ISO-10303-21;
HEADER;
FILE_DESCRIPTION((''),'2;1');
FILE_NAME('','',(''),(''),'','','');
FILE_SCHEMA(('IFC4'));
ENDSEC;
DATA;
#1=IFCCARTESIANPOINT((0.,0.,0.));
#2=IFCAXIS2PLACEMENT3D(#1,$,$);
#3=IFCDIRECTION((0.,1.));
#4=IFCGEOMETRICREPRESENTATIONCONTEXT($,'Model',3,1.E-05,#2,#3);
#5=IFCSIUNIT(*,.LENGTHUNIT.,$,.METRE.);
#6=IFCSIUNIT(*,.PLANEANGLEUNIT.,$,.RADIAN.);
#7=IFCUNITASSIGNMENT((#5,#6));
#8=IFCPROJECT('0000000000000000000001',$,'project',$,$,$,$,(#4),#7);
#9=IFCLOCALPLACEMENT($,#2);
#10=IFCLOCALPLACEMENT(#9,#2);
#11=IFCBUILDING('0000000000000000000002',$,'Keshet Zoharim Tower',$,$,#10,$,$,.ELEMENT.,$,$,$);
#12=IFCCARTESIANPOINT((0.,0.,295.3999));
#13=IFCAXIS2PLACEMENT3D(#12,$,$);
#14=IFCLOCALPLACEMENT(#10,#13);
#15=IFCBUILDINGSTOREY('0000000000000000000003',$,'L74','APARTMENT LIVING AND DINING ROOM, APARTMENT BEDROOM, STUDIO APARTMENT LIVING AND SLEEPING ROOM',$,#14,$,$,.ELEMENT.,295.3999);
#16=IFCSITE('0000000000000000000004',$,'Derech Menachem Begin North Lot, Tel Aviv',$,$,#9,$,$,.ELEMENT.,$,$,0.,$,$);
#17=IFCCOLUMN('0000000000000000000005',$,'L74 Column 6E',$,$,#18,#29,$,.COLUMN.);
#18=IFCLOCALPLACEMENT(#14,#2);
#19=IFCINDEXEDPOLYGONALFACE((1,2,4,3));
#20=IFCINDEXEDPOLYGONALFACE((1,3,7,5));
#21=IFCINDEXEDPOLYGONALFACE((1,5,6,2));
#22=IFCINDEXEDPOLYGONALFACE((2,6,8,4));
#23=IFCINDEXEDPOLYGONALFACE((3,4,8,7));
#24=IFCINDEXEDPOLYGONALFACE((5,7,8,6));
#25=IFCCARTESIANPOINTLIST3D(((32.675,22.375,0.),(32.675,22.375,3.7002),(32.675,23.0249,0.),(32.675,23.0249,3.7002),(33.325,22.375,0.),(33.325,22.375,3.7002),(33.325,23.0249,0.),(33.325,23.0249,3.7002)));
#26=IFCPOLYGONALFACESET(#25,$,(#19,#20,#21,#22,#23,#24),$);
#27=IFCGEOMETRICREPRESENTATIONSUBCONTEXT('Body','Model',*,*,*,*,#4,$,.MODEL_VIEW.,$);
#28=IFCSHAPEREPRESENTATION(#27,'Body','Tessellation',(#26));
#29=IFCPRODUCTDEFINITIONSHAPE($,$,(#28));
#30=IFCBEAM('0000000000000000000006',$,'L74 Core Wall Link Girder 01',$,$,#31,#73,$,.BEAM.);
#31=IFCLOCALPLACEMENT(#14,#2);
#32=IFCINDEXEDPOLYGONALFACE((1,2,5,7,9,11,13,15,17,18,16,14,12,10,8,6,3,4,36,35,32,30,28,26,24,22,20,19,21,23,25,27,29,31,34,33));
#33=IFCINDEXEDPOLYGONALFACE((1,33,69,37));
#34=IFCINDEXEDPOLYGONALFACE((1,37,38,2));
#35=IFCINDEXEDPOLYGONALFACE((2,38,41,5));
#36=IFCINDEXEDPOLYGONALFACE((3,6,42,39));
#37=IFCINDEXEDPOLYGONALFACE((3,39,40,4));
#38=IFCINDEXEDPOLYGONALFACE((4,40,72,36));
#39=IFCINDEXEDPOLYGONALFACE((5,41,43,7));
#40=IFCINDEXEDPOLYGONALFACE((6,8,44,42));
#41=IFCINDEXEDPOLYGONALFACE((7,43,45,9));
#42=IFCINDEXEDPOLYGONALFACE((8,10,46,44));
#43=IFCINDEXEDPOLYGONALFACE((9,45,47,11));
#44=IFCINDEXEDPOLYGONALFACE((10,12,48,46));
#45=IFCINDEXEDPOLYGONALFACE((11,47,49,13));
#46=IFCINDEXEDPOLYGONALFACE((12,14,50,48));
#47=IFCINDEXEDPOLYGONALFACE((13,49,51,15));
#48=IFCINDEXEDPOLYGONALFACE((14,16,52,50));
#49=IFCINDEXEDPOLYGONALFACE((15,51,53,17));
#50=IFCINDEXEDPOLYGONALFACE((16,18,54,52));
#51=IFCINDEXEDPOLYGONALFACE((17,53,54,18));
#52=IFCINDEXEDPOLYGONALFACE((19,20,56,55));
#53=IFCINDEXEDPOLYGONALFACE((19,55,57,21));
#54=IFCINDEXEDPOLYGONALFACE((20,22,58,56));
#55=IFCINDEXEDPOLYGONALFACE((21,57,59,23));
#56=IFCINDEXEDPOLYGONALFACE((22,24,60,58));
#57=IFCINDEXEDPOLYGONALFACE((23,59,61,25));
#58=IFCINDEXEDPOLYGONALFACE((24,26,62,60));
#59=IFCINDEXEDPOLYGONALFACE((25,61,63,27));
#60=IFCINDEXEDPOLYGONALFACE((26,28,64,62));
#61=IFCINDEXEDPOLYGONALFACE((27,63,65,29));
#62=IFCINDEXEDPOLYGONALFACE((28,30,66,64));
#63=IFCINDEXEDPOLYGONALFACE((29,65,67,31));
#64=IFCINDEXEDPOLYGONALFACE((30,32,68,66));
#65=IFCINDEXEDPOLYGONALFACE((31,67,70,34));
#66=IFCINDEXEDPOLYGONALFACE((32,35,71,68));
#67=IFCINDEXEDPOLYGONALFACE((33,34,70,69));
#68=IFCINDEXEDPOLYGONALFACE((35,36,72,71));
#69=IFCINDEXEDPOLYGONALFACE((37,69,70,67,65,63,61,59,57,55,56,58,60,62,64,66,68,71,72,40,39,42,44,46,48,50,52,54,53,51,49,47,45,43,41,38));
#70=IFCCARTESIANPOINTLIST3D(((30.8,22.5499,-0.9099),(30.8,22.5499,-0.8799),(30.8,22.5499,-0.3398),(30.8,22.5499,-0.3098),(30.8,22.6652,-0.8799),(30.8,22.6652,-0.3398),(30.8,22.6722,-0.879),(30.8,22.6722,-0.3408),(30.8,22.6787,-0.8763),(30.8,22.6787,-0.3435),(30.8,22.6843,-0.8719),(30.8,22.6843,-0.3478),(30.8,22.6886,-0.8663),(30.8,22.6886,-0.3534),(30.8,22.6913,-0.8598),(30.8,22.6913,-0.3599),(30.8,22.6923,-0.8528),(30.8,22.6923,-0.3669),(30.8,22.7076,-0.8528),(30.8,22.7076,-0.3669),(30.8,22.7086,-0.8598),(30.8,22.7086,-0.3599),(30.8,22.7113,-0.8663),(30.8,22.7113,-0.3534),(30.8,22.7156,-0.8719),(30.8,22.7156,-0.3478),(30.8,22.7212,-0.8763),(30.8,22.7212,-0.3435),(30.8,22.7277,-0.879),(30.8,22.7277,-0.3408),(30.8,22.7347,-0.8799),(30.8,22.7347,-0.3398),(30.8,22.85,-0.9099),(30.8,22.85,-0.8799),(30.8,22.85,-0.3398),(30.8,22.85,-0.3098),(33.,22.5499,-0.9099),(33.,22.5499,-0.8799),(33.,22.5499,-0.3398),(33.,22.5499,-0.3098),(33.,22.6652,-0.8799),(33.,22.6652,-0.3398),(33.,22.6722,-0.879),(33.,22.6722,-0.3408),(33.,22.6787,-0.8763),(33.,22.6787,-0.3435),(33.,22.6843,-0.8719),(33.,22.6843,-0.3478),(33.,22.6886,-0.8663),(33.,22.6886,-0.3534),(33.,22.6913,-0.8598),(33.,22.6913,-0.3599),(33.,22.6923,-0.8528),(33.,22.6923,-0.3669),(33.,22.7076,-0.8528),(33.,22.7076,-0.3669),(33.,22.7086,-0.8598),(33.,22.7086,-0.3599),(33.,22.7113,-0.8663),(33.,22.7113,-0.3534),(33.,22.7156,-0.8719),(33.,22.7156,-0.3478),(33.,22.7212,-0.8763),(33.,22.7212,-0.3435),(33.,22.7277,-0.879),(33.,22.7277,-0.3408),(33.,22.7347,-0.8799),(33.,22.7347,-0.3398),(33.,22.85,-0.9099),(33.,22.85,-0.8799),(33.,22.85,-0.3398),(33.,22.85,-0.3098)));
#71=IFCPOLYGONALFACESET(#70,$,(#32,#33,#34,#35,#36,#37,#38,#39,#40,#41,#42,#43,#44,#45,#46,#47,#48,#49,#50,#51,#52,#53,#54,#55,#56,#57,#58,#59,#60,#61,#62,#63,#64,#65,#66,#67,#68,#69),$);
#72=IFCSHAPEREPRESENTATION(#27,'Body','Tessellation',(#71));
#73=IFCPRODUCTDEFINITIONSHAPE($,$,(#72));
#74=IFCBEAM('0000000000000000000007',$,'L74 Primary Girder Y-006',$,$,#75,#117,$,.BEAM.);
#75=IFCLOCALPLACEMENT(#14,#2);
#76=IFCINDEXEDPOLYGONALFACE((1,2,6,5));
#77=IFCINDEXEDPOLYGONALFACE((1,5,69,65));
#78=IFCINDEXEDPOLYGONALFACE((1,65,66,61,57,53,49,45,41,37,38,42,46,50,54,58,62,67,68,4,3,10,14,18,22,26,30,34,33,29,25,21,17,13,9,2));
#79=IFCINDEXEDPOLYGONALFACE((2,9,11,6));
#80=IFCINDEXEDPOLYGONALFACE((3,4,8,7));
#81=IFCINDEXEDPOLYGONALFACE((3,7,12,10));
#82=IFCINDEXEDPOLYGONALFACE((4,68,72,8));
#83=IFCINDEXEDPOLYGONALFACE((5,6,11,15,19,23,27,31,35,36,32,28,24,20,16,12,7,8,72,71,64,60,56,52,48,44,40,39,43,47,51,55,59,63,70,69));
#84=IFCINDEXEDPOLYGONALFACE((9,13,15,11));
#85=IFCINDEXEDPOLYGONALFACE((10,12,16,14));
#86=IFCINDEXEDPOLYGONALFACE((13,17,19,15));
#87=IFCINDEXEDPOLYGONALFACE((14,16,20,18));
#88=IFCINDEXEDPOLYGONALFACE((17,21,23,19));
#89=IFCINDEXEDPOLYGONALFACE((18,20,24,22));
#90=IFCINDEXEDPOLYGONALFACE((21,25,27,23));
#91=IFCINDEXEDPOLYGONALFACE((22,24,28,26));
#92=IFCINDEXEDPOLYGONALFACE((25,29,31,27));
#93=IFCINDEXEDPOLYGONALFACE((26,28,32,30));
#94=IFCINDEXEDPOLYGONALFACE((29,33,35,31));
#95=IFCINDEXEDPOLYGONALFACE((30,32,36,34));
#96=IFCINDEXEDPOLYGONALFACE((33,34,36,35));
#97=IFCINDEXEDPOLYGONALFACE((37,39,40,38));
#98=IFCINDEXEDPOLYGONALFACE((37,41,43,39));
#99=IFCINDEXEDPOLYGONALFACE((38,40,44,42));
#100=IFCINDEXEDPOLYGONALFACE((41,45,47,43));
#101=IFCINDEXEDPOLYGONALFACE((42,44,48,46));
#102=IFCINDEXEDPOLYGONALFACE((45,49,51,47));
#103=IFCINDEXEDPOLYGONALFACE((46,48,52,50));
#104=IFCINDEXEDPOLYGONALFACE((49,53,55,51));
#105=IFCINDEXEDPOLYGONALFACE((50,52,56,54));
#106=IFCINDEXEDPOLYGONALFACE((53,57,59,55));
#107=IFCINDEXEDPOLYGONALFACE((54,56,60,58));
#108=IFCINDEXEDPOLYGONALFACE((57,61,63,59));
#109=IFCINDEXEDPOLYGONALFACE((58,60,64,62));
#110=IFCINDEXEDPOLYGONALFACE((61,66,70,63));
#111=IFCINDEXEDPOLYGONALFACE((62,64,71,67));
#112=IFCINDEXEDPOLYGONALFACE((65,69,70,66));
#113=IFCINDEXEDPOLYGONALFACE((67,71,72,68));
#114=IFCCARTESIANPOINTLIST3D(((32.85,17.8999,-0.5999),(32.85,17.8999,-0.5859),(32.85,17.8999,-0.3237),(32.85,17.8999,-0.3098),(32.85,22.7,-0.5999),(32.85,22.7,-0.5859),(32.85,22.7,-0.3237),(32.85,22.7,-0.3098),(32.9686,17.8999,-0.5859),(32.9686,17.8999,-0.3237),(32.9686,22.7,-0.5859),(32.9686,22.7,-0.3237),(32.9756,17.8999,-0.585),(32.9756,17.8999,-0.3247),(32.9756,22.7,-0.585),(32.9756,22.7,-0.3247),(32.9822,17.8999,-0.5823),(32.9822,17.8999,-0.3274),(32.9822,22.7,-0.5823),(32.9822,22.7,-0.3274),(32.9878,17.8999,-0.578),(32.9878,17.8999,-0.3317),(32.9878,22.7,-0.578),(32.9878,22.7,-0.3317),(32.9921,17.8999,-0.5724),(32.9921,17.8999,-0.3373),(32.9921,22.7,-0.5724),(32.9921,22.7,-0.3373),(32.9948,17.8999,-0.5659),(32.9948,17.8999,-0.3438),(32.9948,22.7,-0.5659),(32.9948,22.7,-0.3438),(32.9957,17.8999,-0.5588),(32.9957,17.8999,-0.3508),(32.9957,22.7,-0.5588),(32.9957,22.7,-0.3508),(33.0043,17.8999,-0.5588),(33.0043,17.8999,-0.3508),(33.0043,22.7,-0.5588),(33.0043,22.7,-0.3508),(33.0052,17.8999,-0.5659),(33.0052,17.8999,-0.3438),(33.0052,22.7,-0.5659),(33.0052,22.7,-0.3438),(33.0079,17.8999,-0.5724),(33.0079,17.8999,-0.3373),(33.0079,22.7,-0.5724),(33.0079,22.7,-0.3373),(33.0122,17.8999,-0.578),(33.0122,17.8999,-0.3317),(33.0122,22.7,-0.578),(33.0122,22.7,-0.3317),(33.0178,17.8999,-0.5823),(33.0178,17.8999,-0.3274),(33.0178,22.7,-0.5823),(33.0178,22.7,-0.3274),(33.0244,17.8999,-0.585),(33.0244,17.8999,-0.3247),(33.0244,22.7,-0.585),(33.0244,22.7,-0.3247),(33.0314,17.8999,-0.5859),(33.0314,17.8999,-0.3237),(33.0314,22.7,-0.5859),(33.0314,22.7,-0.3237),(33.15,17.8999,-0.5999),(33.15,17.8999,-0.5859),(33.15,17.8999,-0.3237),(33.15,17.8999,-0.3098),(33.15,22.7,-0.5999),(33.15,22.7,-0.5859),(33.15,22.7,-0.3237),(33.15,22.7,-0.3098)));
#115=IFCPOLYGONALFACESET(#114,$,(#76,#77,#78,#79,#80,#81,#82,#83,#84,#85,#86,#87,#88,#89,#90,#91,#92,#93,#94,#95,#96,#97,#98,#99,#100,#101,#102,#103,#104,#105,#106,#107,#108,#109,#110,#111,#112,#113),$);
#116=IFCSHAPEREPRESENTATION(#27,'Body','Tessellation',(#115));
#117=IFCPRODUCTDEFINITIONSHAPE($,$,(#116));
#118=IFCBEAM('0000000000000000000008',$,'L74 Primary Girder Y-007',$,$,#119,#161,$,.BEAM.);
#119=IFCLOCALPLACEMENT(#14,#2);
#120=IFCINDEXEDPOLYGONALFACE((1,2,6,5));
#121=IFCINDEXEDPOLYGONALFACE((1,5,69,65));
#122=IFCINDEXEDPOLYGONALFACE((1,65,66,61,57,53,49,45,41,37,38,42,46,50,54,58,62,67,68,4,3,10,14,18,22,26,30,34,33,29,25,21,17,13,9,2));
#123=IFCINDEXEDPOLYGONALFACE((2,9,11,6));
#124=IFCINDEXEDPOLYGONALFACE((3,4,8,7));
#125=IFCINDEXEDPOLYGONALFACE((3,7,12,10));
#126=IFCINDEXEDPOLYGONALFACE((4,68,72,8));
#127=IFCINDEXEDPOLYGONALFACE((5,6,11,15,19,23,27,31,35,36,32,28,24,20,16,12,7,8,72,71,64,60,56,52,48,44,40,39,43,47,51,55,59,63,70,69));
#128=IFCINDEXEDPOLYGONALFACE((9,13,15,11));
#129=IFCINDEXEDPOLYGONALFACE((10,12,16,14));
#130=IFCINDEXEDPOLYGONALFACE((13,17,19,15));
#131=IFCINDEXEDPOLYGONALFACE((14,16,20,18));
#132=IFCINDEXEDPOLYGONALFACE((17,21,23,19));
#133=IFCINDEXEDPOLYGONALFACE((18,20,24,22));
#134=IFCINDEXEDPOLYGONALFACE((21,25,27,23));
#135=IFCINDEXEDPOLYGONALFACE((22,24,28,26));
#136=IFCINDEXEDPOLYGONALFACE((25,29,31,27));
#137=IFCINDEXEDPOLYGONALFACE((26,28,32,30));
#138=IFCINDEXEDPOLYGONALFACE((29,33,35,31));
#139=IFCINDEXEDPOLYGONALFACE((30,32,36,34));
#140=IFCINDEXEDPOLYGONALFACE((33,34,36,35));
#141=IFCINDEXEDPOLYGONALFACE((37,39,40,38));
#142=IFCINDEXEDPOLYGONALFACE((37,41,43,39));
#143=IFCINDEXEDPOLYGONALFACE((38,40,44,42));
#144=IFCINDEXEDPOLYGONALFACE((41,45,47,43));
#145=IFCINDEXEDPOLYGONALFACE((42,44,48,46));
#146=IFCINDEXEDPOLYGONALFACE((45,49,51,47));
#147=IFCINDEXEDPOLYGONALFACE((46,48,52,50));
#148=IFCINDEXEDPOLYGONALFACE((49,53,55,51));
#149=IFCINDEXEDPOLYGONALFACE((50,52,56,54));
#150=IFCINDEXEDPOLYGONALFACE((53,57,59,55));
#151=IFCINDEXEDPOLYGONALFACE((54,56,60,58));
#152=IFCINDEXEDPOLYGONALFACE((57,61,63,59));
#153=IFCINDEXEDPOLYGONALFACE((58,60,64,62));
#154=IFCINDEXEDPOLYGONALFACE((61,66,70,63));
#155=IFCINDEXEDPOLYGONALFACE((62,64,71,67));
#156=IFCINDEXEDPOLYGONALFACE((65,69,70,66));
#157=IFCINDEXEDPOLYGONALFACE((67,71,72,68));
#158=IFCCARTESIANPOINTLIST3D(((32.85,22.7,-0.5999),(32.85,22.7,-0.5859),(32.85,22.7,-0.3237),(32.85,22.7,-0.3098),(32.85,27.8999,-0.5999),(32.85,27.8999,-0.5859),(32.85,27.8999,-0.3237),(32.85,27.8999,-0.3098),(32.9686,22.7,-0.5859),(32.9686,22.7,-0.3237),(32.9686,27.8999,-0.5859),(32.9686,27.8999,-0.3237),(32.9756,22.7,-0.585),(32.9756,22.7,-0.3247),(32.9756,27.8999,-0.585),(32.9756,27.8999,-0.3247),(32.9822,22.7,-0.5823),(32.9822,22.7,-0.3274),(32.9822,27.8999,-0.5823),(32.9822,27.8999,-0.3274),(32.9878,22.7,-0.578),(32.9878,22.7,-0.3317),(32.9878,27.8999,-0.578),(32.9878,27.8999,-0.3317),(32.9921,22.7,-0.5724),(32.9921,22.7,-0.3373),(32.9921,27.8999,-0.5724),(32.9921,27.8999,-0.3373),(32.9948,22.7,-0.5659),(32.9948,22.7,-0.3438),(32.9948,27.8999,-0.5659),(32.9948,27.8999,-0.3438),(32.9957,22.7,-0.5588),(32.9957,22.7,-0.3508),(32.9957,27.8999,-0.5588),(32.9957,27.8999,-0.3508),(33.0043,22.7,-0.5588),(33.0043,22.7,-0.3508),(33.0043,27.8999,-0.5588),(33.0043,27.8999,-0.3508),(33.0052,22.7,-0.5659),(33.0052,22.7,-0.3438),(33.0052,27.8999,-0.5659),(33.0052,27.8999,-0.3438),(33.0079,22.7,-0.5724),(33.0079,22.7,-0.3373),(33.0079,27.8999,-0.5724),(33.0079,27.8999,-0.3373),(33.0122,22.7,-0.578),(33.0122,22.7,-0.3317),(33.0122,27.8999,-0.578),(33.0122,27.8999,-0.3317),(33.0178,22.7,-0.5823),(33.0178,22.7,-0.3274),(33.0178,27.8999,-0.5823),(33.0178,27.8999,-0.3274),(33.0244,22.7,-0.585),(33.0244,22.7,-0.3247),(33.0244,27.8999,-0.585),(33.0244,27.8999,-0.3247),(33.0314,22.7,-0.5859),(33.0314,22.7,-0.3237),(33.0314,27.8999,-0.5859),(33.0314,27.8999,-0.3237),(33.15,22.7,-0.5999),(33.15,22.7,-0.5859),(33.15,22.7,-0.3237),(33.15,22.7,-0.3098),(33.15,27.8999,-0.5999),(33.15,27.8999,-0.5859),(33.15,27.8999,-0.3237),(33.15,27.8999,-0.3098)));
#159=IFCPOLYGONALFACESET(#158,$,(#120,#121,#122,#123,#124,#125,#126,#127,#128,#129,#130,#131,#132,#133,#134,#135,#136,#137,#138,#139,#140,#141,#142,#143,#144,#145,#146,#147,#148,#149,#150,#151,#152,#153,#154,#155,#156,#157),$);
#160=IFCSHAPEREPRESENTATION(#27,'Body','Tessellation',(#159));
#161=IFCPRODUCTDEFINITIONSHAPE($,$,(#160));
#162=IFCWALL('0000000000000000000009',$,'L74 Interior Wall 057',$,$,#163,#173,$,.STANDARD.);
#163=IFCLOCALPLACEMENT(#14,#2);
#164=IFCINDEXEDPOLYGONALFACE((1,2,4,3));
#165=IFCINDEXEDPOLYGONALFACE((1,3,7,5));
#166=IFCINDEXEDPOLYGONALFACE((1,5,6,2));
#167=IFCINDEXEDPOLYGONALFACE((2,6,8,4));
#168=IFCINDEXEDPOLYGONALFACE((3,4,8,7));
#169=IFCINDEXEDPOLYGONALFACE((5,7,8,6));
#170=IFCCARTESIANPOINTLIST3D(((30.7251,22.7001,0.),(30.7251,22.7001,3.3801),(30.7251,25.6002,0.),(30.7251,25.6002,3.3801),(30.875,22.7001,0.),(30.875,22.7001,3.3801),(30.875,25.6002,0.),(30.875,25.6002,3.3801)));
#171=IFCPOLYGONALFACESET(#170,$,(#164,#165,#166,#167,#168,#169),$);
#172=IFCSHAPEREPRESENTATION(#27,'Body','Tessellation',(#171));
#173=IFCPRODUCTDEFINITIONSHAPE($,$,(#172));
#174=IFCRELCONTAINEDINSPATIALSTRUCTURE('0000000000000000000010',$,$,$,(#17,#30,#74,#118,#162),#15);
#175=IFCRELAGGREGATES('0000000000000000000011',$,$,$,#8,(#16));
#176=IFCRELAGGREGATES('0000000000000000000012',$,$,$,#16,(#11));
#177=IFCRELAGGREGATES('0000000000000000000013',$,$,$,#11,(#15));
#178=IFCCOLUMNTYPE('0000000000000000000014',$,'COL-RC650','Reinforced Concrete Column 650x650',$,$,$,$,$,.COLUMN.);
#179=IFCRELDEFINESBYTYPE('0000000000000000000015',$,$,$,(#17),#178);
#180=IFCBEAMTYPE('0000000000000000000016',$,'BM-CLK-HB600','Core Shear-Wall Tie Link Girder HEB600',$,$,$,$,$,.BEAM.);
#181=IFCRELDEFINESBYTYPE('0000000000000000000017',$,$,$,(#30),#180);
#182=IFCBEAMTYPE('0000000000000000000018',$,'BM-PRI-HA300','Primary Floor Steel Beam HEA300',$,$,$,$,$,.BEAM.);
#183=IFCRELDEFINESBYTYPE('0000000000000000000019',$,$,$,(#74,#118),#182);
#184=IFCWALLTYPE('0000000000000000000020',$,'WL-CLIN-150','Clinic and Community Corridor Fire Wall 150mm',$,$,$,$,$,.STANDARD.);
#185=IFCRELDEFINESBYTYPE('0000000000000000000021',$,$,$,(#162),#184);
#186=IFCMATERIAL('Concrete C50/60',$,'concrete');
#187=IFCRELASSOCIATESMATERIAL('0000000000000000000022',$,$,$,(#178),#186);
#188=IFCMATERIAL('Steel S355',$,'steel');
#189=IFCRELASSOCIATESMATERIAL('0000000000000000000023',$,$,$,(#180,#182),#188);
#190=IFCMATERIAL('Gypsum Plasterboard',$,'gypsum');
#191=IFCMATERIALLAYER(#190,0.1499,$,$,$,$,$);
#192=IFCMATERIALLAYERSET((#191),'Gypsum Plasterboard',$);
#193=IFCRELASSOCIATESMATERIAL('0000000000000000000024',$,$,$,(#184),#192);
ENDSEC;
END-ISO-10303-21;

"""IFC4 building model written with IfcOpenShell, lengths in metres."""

from ifc_helpers import new_model, si_unit, direction, frame, frame_2d, origin, origin_2d, place, context, subcontext, project, spatial, rectangle, i_section, extrude, material, layer, layer_set, material_profile, profile_set, type_object, element, save


model = new_model("IFC4")

# Units and contexts
model_context = context("Model", 3, precision=1e-05, world=origin(), true_north=direction((0.0, 1.0)))
body_context = subcontext(model_context, "Body", "Model", "MODEL_VIEW")
ifc_project = project(units=[si_unit("LENGTHUNIT", "METRE"), si_unit("PLANEANGLEUNIT", "RADIAN")], contexts=[model_context])

# Site, building, storey
site_placement = place(None, origin())
site = spatial("IfcSite", under=ifc_project, at=site_placement, Name="Derech Menachem Begin North Lot, Tel Aviv", CompositionType="ELEMENT", RefElevation=0.0)
building_placement = place(site_placement, origin())
building = spatial("IfcBuilding", under=site, at=building_placement, Name="Keshet Zoharim Tower", CompositionType="ELEMENT")
storey_placement = place(building_placement, frame((0.0, 0.0, 295.3999)))
storey = spatial("IfcBuildingStorey", under=building, at=storey_placement, Name="L74", Description="APARTMENT LIVING AND DINING ROOM, APARTMENT BEDROOM, STUDIO APARTMENT LIVING AND SLEEPING ROOM", CompositionType="ELEMENT", Elevation=295.3999)

# Column
ifc_material_1 = material(Name="Concrete C50/60", Category="concrete")
ifc_material_profile_1 = material_profile(ifc_material_1, rectangle(XDim=0.6499, YDim=0.6499, at=origin_2d()), Name="RC650x650")
ifc_profile_set_1 = profile_set([ifc_material_profile_1], Name="Concrete C50/60")
column_type = type_object("IfcColumnType", Name="COL-RC650", Description="Reinforced Concrete Column 650x650", PredefinedType="COLUMN", material=ifc_profile_set_1)
column_placement = place(storey_placement, frame((33.0, 22.7, 0.0), z_axis=(0.0, 0.0, 1.0), x_axis=(1.0, 0.0, 0.0)))
element("IfcColumn", 1, at=column_placement, inside=storey, type_object=column_type, Name="L74 Column 6E", PredefinedType="COLUMN", context=body_context, shape_type="SweptSolid", body=[
    extrude(rectangle(XDim=0.6499, YDim=0.6499, at=origin_2d()), origin(), (0.0, 0.0, 1.0), 3.7002),
])

# Beams
ifc_material_2 = material(Name="Steel S355", Category="steel")
ifc_material_profile_2 = material_profile(ifc_material_2, i_section(OverallWidth=0.3, OverallDepth=0.6001, WebThickness=0.0154, FlangeThickness=0.03, FilletRadius=0.0271, at=origin_2d()), Name="HEB600")
ifc_profile_set_2 = profile_set([ifc_material_profile_2], Name="Steel S355")
beam_type_1 = type_object("IfcBeamType", Name="BM-CLK-HB600", Description="Core Shear-Wall Tie Link Girder HEB600", PredefinedType="BEAM", material=ifc_profile_set_2)
beam_1_placement = place(storey_placement, frame((30.8, 22.7, -0.6099), z_axis=(1.0, 0.0, 0.0), x_axis=(0.0, 1.0, 0.0)))
element("IfcBeam", 2, at=beam_1_placement, inside=storey, type_object=beam_type_1, Name="L74 Core Wall Link Girder 01", PredefinedType="BEAM", context=body_context, shape_type="SweptSolid", body=[
    extrude(i_section(OverallWidth=0.3, OverallDepth=0.6001, WebThickness=0.0154, FlangeThickness=0.03, FilletRadius=0.0271, at=origin_2d()), origin(), (0.0, 0.0, 1.0), 2.2),
])
ifc_material_profile_3 = material_profile(ifc_material_2, i_section(OverallWidth=0.3, OverallDepth=0.29, WebThickness=0.0085, FlangeThickness=0.0139, FilletRadius=0.0271, at=origin_2d()), Name="HEA300")
ifc_profile_set_3 = profile_set([ifc_material_profile_3], Name="Steel S355")
beam_type_2 = type_object("IfcBeamType", Name="BM-PRI-HA300", Description="Primary Floor Steel Beam HEA300", PredefinedType="BEAM", material=ifc_profile_set_3)
beam_2_placement = place(storey_placement, frame((33.0, 17.8999, -0.4548), z_axis=(0.0, 1.0, 0.0), x_axis=(-1.0, 0.0, 0.0)))
element("IfcBeam", 3, at=beam_2_placement, inside=storey, type_object=beam_type_2, Name="L74 Primary Girder Y-006", PredefinedType="BEAM", context=body_context, shape_type="SweptSolid", body=[
    extrude(i_section(OverallWidth=0.3, OverallDepth=0.29, WebThickness=0.0085, FlangeThickness=0.0139, FilletRadius=0.0271, at=origin_2d()), origin(), (0.0, 0.0, 1.0), 4.8),
])
beam_3_placement = place(storey_placement, frame((33.0, 22.7, -0.4548), z_axis=(0.0, 1.0, 0.0), x_axis=(-1.0, 0.0, 0.0)))
element("IfcBeam", 4, at=beam_3_placement, inside=storey, type_object=beam_type_2, Name="L74 Primary Girder Y-007", PredefinedType="BEAM", context=body_context, shape_type="SweptSolid", body=[
    extrude(i_section(OverallWidth=0.3, OverallDepth=0.29, WebThickness=0.0085, FlangeThickness=0.0139, FilletRadius=0.0271, at=origin_2d()), origin(), (0.0, 0.0, 1.0), 5.2),
])

# Wall
ifc_material_3 = material(Name="Gypsum Plasterboard", Category="gypsum")
ifc_layer_1 = layer(ifc_material_3, 0.1499)
ifc_layer_set_1 = layer_set([ifc_layer_1], Name="Gypsum Plasterboard")
wall_type_1 = type_object("IfcWallType", Name="WL-CLIN-150", Description="Clinic and Community Corridor Fire Wall 150mm", PredefinedType="STANDARD", material=ifc_layer_set_1)
wall_1_placement = place(storey_placement, frame((30.8, 22.7, 0.0), z_axis=(0.0, 0.0, 1.0), x_axis=(0.0, 1.0, 0.0)))
element("IfcWall", 5, at=wall_1_placement, inside=storey, type_object=wall_type_1, Name="L74 Interior Wall 057", PredefinedType="STANDARD", context=body_context, shape_type="SweptSolid", body=[
    extrude(rectangle(XDim=2.9001, YDim=0.1499, at=frame_2d((1.4502, 0.0))), origin(), (0.0, 0.0, 1.0), 3.3801),
])

save(model, "model.ifc")
